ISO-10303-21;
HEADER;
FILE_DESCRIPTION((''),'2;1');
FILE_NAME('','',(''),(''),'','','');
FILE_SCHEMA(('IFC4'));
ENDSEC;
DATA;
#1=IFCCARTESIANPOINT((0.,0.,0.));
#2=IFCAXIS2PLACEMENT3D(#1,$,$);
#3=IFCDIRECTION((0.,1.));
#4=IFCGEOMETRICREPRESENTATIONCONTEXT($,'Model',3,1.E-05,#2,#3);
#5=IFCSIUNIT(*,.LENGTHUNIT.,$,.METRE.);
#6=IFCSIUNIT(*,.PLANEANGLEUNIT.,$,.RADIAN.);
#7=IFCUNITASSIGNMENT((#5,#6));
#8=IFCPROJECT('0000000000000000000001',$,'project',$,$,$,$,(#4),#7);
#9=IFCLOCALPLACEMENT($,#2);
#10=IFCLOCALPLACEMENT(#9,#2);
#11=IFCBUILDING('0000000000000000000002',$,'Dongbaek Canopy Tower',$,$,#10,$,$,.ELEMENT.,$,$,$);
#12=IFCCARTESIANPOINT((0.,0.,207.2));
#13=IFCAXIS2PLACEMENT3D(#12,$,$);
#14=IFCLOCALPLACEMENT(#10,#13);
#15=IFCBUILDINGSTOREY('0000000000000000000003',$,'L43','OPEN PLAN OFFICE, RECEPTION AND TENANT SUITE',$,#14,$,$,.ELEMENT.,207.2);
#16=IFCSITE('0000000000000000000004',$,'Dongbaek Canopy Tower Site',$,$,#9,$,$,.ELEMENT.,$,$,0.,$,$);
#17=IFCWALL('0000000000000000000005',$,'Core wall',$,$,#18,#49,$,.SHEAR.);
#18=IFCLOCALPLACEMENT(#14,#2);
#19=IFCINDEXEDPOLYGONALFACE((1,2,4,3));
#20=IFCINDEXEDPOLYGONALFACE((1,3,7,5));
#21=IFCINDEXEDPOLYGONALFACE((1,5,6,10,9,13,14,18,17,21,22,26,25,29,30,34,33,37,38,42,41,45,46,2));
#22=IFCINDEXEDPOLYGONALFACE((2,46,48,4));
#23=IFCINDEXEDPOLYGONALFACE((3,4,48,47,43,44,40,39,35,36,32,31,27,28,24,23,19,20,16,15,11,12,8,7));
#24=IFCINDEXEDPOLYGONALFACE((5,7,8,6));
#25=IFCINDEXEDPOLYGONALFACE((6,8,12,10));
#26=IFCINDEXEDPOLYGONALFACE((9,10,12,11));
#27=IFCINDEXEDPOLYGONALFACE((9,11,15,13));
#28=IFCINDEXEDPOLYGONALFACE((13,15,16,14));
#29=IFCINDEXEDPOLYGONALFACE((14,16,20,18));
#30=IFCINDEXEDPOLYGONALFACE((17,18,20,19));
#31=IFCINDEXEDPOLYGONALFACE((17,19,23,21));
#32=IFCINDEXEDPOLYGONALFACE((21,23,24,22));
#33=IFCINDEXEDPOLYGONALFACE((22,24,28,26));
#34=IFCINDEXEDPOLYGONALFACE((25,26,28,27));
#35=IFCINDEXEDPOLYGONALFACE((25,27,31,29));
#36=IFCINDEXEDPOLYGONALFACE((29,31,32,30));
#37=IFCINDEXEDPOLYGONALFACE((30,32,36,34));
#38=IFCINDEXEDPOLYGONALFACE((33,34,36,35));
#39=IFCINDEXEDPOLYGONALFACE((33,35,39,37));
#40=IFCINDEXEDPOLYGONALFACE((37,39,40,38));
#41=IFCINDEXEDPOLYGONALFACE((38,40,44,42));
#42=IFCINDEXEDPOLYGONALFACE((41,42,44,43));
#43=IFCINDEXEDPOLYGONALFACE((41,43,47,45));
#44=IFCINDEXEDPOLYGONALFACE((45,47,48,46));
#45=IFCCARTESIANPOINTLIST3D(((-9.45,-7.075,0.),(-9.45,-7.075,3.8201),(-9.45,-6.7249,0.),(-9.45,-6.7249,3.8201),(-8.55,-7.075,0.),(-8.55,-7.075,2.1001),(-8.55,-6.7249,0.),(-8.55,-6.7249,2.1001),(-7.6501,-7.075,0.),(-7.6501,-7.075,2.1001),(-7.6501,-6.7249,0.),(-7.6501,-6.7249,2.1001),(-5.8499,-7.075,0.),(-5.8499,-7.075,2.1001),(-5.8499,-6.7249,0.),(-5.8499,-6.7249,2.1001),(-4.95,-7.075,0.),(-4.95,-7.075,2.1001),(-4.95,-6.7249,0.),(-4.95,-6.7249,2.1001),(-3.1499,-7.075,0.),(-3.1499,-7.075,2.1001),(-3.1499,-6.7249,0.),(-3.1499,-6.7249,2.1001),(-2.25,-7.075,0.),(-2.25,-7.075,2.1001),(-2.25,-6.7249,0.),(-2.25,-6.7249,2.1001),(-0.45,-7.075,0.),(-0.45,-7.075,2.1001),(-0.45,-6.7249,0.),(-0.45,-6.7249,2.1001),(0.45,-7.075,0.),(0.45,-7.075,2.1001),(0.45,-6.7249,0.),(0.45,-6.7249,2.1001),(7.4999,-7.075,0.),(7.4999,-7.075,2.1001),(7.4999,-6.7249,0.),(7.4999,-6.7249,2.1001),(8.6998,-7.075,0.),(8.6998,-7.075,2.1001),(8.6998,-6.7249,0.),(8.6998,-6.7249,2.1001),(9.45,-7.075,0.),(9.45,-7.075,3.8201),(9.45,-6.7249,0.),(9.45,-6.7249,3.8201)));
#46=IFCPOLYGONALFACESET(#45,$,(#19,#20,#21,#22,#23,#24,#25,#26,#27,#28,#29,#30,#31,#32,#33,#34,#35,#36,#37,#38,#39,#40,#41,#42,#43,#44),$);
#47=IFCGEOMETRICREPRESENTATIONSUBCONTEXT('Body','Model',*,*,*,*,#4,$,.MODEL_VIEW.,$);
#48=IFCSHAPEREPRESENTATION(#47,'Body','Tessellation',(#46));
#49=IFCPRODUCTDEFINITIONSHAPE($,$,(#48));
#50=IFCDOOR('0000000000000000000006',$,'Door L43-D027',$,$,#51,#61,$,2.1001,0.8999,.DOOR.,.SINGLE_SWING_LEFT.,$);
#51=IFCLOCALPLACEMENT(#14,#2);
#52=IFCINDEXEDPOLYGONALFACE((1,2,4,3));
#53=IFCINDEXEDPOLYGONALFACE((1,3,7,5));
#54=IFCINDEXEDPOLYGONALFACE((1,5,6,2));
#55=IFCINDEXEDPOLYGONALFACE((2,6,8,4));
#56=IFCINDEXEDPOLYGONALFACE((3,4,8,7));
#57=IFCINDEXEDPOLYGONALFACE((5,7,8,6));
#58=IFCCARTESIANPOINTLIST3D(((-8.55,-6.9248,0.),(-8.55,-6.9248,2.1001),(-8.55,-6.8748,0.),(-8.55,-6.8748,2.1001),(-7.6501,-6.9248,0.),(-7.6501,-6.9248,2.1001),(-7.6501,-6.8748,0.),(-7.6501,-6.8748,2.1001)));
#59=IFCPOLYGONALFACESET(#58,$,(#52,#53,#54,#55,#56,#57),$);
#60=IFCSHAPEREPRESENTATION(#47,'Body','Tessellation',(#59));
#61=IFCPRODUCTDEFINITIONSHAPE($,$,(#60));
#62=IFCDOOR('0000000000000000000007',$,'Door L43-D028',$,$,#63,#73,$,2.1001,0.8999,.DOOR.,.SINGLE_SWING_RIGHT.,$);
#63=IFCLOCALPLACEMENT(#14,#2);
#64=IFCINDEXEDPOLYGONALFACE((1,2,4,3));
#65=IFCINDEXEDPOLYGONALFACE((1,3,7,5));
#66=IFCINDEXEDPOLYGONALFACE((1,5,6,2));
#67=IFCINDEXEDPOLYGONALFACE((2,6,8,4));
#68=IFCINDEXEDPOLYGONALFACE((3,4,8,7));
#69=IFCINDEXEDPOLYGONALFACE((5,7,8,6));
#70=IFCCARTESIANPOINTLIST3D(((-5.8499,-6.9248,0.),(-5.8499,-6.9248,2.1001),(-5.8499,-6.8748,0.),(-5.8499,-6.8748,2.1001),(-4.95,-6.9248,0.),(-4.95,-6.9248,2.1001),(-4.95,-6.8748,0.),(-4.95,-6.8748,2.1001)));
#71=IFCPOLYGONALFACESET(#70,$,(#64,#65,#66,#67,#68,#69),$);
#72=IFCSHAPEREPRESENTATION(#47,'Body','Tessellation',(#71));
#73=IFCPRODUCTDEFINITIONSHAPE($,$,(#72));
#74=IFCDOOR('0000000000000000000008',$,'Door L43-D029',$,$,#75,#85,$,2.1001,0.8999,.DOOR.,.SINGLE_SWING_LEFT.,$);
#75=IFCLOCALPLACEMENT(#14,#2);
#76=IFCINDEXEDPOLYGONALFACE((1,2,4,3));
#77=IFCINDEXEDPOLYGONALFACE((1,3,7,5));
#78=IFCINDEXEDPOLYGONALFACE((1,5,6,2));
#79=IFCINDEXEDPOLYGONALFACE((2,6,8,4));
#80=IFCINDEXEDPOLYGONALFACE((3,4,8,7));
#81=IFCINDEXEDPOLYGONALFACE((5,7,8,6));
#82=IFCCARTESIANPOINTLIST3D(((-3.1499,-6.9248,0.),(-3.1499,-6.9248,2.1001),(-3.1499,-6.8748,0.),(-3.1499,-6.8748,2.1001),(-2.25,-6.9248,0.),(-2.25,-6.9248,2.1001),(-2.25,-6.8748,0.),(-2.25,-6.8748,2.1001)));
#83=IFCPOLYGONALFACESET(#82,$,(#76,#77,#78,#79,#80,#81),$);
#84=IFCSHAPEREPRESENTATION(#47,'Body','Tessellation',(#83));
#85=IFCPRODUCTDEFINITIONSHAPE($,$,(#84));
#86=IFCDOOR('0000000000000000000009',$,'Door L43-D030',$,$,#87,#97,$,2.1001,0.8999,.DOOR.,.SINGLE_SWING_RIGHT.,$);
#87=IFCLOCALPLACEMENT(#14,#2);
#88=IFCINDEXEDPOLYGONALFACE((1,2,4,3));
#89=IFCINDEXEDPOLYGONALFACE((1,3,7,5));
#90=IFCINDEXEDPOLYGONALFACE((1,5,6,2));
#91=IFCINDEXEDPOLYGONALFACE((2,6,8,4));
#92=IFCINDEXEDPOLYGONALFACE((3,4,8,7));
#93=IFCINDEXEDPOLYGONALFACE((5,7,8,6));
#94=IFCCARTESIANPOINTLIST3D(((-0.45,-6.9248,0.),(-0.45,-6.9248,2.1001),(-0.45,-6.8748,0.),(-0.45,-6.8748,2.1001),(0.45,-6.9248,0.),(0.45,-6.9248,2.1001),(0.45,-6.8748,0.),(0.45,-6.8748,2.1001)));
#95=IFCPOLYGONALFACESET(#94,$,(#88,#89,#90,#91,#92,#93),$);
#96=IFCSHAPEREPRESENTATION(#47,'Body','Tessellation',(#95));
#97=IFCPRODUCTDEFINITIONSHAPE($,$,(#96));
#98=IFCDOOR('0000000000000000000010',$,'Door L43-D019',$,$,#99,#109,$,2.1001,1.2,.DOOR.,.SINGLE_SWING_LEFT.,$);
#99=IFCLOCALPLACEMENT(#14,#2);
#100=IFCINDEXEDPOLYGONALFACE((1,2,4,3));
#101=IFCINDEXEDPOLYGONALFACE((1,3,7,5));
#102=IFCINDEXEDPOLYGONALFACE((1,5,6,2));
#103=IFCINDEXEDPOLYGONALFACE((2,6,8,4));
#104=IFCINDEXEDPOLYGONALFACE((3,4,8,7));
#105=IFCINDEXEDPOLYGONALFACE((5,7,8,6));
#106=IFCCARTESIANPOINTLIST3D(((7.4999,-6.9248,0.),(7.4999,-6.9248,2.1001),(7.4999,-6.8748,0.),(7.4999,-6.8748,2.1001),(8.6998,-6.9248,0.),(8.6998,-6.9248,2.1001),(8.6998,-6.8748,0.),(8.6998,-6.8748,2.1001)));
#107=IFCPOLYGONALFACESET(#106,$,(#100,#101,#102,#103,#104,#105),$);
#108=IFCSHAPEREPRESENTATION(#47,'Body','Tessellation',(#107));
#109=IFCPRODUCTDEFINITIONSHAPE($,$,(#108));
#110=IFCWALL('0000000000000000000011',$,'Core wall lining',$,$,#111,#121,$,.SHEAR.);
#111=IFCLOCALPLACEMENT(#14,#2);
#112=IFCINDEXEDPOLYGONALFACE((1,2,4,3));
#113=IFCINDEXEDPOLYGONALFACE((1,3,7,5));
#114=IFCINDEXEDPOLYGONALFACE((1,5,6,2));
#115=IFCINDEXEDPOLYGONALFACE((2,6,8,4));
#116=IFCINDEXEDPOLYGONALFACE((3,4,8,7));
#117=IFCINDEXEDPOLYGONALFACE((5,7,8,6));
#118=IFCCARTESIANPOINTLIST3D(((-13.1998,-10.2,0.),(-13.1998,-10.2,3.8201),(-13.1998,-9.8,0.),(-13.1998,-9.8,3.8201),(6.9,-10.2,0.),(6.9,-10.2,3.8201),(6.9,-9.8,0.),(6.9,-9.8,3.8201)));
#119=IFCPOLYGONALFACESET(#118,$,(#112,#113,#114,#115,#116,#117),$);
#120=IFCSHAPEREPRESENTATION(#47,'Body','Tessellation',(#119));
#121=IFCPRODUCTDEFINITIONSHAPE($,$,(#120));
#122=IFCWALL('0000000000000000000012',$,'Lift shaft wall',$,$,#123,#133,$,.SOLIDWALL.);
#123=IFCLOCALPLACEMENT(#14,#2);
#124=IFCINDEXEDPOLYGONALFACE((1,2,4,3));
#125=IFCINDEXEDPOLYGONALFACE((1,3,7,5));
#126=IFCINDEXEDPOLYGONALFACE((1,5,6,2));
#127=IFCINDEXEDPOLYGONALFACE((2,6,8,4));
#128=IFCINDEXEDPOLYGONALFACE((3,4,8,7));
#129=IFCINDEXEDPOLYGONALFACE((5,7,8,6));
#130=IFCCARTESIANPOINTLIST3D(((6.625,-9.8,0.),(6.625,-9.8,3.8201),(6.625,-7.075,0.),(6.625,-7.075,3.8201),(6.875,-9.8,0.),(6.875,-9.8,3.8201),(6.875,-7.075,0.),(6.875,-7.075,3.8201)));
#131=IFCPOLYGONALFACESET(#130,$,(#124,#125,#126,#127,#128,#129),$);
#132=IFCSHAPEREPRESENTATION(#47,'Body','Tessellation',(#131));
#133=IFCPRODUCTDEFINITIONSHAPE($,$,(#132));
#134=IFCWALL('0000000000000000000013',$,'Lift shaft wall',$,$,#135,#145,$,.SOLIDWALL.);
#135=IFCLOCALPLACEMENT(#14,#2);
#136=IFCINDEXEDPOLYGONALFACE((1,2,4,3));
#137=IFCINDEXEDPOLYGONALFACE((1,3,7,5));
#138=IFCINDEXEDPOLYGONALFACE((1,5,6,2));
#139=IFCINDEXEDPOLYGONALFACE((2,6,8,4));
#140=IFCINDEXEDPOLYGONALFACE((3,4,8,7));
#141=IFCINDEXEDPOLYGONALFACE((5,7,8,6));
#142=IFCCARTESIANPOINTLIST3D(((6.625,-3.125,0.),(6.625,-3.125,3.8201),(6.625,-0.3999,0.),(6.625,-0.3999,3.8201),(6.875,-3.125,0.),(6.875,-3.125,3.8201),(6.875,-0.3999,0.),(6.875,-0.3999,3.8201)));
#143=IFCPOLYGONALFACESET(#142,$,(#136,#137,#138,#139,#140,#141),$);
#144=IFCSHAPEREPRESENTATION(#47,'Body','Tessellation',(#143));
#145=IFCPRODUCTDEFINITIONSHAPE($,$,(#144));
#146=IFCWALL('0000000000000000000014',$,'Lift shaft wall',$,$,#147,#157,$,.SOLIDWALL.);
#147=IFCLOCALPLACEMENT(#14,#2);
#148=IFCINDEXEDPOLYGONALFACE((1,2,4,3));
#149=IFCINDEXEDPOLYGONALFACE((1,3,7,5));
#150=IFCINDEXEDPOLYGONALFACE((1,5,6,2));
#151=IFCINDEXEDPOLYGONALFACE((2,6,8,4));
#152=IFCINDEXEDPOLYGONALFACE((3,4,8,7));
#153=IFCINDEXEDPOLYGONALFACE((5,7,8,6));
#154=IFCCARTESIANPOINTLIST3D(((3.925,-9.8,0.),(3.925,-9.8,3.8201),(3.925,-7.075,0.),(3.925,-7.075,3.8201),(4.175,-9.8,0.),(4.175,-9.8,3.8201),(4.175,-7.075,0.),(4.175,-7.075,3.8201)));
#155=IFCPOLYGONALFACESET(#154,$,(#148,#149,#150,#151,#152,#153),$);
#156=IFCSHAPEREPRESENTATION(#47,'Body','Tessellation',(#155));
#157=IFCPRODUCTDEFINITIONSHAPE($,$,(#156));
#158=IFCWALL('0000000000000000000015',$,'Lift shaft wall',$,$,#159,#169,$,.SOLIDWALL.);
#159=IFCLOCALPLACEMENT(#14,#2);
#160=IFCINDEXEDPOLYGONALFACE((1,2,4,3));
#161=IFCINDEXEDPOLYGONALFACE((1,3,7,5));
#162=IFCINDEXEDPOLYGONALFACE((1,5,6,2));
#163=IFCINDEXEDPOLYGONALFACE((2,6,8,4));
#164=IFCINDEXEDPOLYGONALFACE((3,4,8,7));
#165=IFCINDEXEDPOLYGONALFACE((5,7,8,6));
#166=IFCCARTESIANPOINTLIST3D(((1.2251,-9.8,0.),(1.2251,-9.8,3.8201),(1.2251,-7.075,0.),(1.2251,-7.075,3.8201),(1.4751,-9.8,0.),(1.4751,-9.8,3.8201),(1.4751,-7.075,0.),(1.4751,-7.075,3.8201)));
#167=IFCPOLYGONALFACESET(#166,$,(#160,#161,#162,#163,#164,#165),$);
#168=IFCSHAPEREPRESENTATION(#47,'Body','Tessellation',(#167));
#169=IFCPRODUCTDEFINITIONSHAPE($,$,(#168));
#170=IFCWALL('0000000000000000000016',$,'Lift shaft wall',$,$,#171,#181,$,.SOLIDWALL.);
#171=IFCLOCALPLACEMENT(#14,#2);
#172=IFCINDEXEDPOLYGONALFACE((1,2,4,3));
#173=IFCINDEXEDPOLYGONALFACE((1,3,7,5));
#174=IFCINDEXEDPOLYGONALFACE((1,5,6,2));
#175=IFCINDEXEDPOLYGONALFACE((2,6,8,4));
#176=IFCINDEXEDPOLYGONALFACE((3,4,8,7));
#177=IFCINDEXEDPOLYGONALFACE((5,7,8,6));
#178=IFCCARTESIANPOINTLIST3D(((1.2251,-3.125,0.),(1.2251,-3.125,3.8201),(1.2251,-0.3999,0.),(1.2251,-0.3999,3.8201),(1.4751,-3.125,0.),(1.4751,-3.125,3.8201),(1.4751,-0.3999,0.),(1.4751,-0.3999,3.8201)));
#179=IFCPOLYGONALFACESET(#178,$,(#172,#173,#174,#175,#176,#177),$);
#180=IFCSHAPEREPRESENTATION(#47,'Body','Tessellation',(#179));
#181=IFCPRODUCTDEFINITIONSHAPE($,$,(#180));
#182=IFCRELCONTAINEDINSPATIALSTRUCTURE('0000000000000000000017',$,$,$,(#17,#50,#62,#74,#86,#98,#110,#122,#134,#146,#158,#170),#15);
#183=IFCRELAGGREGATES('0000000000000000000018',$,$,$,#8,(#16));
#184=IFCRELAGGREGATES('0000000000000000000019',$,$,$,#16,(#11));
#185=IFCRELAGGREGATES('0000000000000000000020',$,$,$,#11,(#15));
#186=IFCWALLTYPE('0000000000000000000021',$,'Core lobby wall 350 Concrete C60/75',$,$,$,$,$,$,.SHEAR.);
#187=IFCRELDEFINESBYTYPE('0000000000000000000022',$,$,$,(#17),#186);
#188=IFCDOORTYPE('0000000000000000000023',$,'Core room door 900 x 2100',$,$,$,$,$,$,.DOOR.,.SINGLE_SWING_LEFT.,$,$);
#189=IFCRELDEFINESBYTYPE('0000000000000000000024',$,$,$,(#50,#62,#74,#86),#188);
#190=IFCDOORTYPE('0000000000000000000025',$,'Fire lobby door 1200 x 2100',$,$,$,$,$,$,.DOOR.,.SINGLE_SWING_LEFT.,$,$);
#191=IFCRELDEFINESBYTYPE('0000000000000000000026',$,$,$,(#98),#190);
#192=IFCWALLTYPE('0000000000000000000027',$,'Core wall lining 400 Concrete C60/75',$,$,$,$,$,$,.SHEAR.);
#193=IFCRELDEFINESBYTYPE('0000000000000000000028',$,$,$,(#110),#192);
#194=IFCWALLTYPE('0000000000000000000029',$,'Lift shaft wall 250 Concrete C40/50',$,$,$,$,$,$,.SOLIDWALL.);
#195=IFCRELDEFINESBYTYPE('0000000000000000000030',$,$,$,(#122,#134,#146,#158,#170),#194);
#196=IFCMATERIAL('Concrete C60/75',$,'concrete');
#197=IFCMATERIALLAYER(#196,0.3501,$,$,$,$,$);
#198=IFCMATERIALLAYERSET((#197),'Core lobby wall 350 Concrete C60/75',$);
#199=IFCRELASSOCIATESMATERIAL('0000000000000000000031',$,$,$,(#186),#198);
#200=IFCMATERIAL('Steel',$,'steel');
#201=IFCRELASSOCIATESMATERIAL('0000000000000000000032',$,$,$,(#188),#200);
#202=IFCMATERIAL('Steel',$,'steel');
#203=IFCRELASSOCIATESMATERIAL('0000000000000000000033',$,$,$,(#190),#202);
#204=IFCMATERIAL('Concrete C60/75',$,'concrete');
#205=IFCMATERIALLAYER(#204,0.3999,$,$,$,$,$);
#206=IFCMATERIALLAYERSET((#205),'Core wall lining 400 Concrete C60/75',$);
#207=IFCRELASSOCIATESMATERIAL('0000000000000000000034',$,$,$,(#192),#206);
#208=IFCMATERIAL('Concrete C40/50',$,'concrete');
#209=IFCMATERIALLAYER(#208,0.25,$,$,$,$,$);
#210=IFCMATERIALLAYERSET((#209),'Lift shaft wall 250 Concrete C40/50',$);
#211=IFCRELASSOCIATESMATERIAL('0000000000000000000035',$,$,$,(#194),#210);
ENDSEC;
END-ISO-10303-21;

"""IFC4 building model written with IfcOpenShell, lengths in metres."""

from ifc_helpers import new_model, si_unit, direction, frame, frame_2d, origin, place, context, subcontext, project, spatial, rectangle, extrude, material, layer, layer_set, type_object, element, fill, save


model = new_model("IFC4")

# Units and contexts
model_context = context("Model", 3, precision=1e-05, world=origin(), true_north=direction((0.0, 1.0)))
body_context = subcontext(model_context, "Body", "Model", "MODEL_VIEW")
ifc_project = project(units=[si_unit("LENGTHUNIT", "METRE"), si_unit("PLANEANGLEUNIT", "RADIAN")], contexts=[model_context])

# Site, building, storey
site_placement = place(None, origin())
site = spatial("IfcSite", under=ifc_project, at=site_placement, Name="Dongbaek Canopy Tower Site", CompositionType="ELEMENT", RefElevation=0.0)
building_placement = place(site_placement, origin())
building = spatial("IfcBuilding", under=site, at=building_placement, Name="Dongbaek Canopy Tower", CompositionType="ELEMENT")
storey_placement = place(building_placement, frame((0.0, 0.0, 207.2)))
storey = spatial("IfcBuildingStorey", under=building, at=storey_placement, Name="L43", Description="OPEN PLAN OFFICE, RECEPTION AND TENANT SUITE", CompositionType="ELEMENT", Elevation=207.2)

# Wall, openings, doors
ifc_material_1 = material(Name="Concrete C60/75", Category="concrete")
ifc_layer_1 = layer(ifc_material_1, 0.3501)
ifc_layer_set_1 = layer_set([ifc_layer_1], Name="Core lobby wall 350 Concrete C60/75")
wall_type_1 = type_object("IfcWallType", Name="Core lobby wall 350 Concrete C60/75", PredefinedType="SHEAR", material=ifc_layer_set_1)
wall_1_placement = place(storey_placement, frame((9.45, -6.8999, 0.0), z_axis=(0.0, 0.0, 1.0), x_axis=(-1.0, 0.0, 0.0)))
wall_1 = element("IfcWall", 1, at=wall_1_placement, inside=storey, type_object=wall_type_1, Name="Core wall", PredefinedType="SHEAR", context=body_context, shape_type="SweptSolid", body=[
    extrude(rectangle(XDim=18.8999, YDim=0.3501, at=frame_2d((9.45, 0.0))), origin(), (0.0, 0.0, 1.0), 3.8201),
])
opening_1_placement = place(wall_1_placement, frame((0.75, 0.0, 0.0)))
opening_1 = element("IfcOpeningElement", 2, at=opening_1_placement, cuts=wall_1, PredefinedType="OPENING", context=body_context, shape_type="SweptSolid", body=[
    extrude(rectangle(XDim=1.2, YDim=2.1001, at=frame_2d((0.6001, 1.05))), frame((0.0, 0.1851, 0.0), z_axis=(0.0, -1.0, 0.0), x_axis=(1.0, 0.0, 0.0)), (0.0, 0.0, 1.0), 0.3701),
])
opening_2_placement = place(wall_1_placement, frame((17.1001, 0.0, 0.0)))
opening_2 = element("IfcOpeningElement", 3, at=opening_2_placement, cuts=wall_1, PredefinedType="OPENING", context=body_context, shape_type="SweptSolid", body=[
    extrude(rectangle(XDim=0.8999, YDim=2.1001, at=frame_2d((0.45, 1.05))), frame((0.0, 0.1851, 0.0), z_axis=(0.0, -1.0, 0.0), x_axis=(1.0, 0.0, 0.0)), (0.0, 0.0, 1.0), 0.3701),
])
opening_3_placement = place(wall_1_placement, frame((14.3999, 0.0, 0.0)))
opening_3 = element("IfcOpeningElement", 4, at=opening_3_placement, cuts=wall_1, PredefinedType="OPENING", context=body_context, shape_type="SweptSolid", body=[
    extrude(rectangle(XDim=0.8999, YDim=2.1001, at=frame_2d((0.45, 1.05))), frame((0.0, 0.1851, 0.0), z_axis=(0.0, -1.0, 0.0), x_axis=(1.0, 0.0, 0.0)), (0.0, 0.0, 1.0), 0.3701),
])
opening_4_placement = place(wall_1_placement, frame((11.7, 0.0, 0.0)))
opening_4 = element("IfcOpeningElement", 5, at=opening_4_placement, cuts=wall_1, PredefinedType="OPENING", context=body_context, shape_type="SweptSolid", body=[
    extrude(rectangle(XDim=0.8999, YDim=2.1001, at=frame_2d((0.45, 1.05))), frame((0.0, 0.1851, 0.0), z_axis=(0.0, -1.0, 0.0), x_axis=(1.0, 0.0, 0.0)), (0.0, 0.0, 1.0), 0.3701),
])
opening_5_placement = place(wall_1_placement, frame((9.0, 0.0, 0.0)))
opening_5 = element("IfcOpeningElement", 6, at=opening_5_placement, cuts=wall_1, PredefinedType="OPENING", context=body_context, shape_type="SweptSolid", body=[
    extrude(rectangle(XDim=0.8999, YDim=2.1001, at=frame_2d((0.45, 1.05))), frame((0.0, 0.1851, 0.0), z_axis=(0.0, -1.0, 0.0), x_axis=(1.0, 0.0, 0.0)), (0.0, 0.0, 1.0), 0.3701),
])
ifc_material_2 = material(Name="Steel", Category="steel")
door_type_1 = type_object("IfcDoorType", Name="Core room door 900 x 2100", OperationType="SINGLE_SWING_LEFT", PredefinedType="DOOR", material=ifc_material_2)
door_1_placement = place(opening_2_placement, origin())
door_1 = element("IfcDoor", 7, at=door_1_placement, inside=storey, type_object=door_type_1, Name="Door L43-D027", OperationType="SINGLE_SWING_LEFT", OverallHeight=2.1001, OverallWidth=0.8999, PredefinedType="DOOR", context=body_context, shape_type="SweptSolid", body=[
    extrude(rectangle(XDim=0.8999, YDim=2.1001, at=frame_2d((0.45, 1.05))), frame((0.0, 0.0249, 0.0), z_axis=(0.0, -1.0, 0.0), x_axis=(1.0, 0.0, 0.0)), (0.0, 0.0, 1.0), 0.05),
])
fill(opening_2, door_1)
door_2_placement = place(opening_3_placement, origin())
door_2 = element("IfcDoor", 8, at=door_2_placement, inside=storey, type_object=door_type_1, Name="Door L43-D028", OperationType="SINGLE_SWING_RIGHT", OverallHeight=2.1001, OverallWidth=0.8999, PredefinedType="DOOR", context=body_context, shape_type="SweptSolid", body=[
    extrude(rectangle(XDim=0.8999, YDim=2.1001, at=frame_2d((0.45, 1.05))), frame((0.0, 0.0249, 0.0), z_axis=(0.0, -1.0, 0.0), x_axis=(1.0, 0.0, 0.0)), (0.0, 0.0, 1.0), 0.05),
])
fill(opening_3, door_2)
door_3_placement = place(opening_4_placement, origin())
door_3 = element("IfcDoor", 9, at=door_3_placement, inside=storey, type_object=door_type_1, Name="Door L43-D029", OperationType="SINGLE_SWING_LEFT", OverallHeight=2.1001, OverallWidth=0.8999, PredefinedType="DOOR", context=body_context, shape_type="SweptSolid", body=[
    extrude(rectangle(XDim=0.8999, YDim=2.1001, at=frame_2d((0.45, 1.05))), frame((0.0, 0.0249, 0.0), z_axis=(0.0, -1.0, 0.0), x_axis=(1.0, 0.0, 0.0)), (0.0, 0.0, 1.0), 0.05),
])
fill(opening_4, door_3)
door_4_placement = place(opening_5_placement, origin())
door_4 = element("IfcDoor", 10, at=door_4_placement, inside=storey, type_object=door_type_1, Name="Door L43-D030", OperationType="SINGLE_SWING_RIGHT", OverallHeight=2.1001, OverallWidth=0.8999, PredefinedType="DOOR", context=body_context, shape_type="SweptSolid", body=[
    extrude(rectangle(XDim=0.8999, YDim=2.1001, at=frame_2d((0.45, 1.05))), frame((0.0, 0.0249, 0.0), z_axis=(0.0, -1.0, 0.0), x_axis=(1.0, 0.0, 0.0)), (0.0, 0.0, 1.0), 0.05),
])
fill(opening_5, door_4)
ifc_material_3 = material(Name="Steel", Category="steel")
door_type_2 = type_object("IfcDoorType", Name="Fire lobby door 1200 x 2100", OperationType="SINGLE_SWING_LEFT", PredefinedType="DOOR", material=ifc_material_3)
door_5_placement = place(opening_1_placement, origin())
door_5 = element("IfcDoor", 11, at=door_5_placement, inside=storey, type_object=door_type_2, Name="Door L43-D019", OperationType="SINGLE_SWING_LEFT", OverallHeight=2.1001, OverallWidth=1.2, PredefinedType="DOOR", context=body_context, shape_type="SweptSolid", body=[
    extrude(rectangle(XDim=1.2, YDim=2.1001, at=frame_2d((0.6001, 1.05))), frame((0.0, 0.0249, 0.0), z_axis=(0.0, -1.0, 0.0), x_axis=(1.0, 0.0, 0.0)), (0.0, 0.0, 1.0), 0.05),
])
fill(opening_1, door_5)

# Walls
ifc_material_4 = material(Name="Concrete C60/75", Category="concrete")
ifc_layer_2 = layer(ifc_material_4, 0.3999)
ifc_layer_set_2 = layer_set([ifc_layer_2], Name="Core wall lining 400 Concrete C60/75")
wall_type_2 = type_object("IfcWallType", Name="Core wall lining 400 Concrete C60/75", PredefinedType="SHEAR", material=ifc_layer_set_2)
wall_2_placement = place(storey_placement, frame((6.8999, -10.0, 0.0), z_axis=(0.0, 0.0, 1.0), x_axis=(-1.0, 0.0, 0.0)))
element("IfcWall", 12, at=wall_2_placement, inside=storey, type_object=wall_type_2, Name="Core wall lining", PredefinedType="SHEAR", context=body_context, shape_type="SweptSolid", body=[
    extrude(rectangle(XDim=20.0999, YDim=0.3999, at=frame_2d((10.0498, 0.0))), origin(), (0.0, 0.0, 1.0), 3.8201),
])
ifc_material_5 = material(Name="Concrete C40/50", Category="concrete")
ifc_layer_3 = layer(ifc_material_5, 0.25)
ifc_layer_set_3 = layer_set([ifc_layer_3], Name="Lift shaft wall 250 Concrete C40/50")
wall_type_3 = type_object("IfcWallType", Name="Lift shaft wall 250 Concrete C40/50", PredefinedType="SOLIDWALL", material=ifc_layer_set_3)
for number, where, z_axis, x_axis, name in (
    (13, (6.75, -9.8, 0.0), (0.0, 0.0, 1.0), (0.0, 1.0, 0.0), "Lift shaft wall"),
    (14, (6.75, -3.125, 0.0), (0.0, 0.0, 1.0), (0.0, 1.0, 0.0), "Lift shaft wall"),
    (15, (4.05, -9.8, 0.0), (0.0, 0.0, 1.0), (0.0, 1.0, 0.0), "Lift shaft wall"),
    (16, (1.3501, -9.8, 0.0), (0.0, 0.0, 1.0), (0.0, 1.0, 0.0), "Lift shaft wall"),
    (17, (1.3501, -3.125, 0.0), (0.0, 0.0, 1.0), (0.0, 1.0, 0.0), "Lift shaft wall"),
):
    element("IfcWall", number, at=place(storey_placement, frame(where, z_axis=z_axis, x_axis=x_axis)), inside=storey, type_object=wall_type_3, Name=name, PredefinedType="SOLIDWALL", context=body_context, shape_type="SweptSolid", body=[
        extrude(rectangle(XDim=2.7251, YDim=0.25, at=frame_2d((1.3625, 0.0))), origin(), (0.0, 0.0, 1.0), 3.8201),
    ])

save(model, "model.ifc")
